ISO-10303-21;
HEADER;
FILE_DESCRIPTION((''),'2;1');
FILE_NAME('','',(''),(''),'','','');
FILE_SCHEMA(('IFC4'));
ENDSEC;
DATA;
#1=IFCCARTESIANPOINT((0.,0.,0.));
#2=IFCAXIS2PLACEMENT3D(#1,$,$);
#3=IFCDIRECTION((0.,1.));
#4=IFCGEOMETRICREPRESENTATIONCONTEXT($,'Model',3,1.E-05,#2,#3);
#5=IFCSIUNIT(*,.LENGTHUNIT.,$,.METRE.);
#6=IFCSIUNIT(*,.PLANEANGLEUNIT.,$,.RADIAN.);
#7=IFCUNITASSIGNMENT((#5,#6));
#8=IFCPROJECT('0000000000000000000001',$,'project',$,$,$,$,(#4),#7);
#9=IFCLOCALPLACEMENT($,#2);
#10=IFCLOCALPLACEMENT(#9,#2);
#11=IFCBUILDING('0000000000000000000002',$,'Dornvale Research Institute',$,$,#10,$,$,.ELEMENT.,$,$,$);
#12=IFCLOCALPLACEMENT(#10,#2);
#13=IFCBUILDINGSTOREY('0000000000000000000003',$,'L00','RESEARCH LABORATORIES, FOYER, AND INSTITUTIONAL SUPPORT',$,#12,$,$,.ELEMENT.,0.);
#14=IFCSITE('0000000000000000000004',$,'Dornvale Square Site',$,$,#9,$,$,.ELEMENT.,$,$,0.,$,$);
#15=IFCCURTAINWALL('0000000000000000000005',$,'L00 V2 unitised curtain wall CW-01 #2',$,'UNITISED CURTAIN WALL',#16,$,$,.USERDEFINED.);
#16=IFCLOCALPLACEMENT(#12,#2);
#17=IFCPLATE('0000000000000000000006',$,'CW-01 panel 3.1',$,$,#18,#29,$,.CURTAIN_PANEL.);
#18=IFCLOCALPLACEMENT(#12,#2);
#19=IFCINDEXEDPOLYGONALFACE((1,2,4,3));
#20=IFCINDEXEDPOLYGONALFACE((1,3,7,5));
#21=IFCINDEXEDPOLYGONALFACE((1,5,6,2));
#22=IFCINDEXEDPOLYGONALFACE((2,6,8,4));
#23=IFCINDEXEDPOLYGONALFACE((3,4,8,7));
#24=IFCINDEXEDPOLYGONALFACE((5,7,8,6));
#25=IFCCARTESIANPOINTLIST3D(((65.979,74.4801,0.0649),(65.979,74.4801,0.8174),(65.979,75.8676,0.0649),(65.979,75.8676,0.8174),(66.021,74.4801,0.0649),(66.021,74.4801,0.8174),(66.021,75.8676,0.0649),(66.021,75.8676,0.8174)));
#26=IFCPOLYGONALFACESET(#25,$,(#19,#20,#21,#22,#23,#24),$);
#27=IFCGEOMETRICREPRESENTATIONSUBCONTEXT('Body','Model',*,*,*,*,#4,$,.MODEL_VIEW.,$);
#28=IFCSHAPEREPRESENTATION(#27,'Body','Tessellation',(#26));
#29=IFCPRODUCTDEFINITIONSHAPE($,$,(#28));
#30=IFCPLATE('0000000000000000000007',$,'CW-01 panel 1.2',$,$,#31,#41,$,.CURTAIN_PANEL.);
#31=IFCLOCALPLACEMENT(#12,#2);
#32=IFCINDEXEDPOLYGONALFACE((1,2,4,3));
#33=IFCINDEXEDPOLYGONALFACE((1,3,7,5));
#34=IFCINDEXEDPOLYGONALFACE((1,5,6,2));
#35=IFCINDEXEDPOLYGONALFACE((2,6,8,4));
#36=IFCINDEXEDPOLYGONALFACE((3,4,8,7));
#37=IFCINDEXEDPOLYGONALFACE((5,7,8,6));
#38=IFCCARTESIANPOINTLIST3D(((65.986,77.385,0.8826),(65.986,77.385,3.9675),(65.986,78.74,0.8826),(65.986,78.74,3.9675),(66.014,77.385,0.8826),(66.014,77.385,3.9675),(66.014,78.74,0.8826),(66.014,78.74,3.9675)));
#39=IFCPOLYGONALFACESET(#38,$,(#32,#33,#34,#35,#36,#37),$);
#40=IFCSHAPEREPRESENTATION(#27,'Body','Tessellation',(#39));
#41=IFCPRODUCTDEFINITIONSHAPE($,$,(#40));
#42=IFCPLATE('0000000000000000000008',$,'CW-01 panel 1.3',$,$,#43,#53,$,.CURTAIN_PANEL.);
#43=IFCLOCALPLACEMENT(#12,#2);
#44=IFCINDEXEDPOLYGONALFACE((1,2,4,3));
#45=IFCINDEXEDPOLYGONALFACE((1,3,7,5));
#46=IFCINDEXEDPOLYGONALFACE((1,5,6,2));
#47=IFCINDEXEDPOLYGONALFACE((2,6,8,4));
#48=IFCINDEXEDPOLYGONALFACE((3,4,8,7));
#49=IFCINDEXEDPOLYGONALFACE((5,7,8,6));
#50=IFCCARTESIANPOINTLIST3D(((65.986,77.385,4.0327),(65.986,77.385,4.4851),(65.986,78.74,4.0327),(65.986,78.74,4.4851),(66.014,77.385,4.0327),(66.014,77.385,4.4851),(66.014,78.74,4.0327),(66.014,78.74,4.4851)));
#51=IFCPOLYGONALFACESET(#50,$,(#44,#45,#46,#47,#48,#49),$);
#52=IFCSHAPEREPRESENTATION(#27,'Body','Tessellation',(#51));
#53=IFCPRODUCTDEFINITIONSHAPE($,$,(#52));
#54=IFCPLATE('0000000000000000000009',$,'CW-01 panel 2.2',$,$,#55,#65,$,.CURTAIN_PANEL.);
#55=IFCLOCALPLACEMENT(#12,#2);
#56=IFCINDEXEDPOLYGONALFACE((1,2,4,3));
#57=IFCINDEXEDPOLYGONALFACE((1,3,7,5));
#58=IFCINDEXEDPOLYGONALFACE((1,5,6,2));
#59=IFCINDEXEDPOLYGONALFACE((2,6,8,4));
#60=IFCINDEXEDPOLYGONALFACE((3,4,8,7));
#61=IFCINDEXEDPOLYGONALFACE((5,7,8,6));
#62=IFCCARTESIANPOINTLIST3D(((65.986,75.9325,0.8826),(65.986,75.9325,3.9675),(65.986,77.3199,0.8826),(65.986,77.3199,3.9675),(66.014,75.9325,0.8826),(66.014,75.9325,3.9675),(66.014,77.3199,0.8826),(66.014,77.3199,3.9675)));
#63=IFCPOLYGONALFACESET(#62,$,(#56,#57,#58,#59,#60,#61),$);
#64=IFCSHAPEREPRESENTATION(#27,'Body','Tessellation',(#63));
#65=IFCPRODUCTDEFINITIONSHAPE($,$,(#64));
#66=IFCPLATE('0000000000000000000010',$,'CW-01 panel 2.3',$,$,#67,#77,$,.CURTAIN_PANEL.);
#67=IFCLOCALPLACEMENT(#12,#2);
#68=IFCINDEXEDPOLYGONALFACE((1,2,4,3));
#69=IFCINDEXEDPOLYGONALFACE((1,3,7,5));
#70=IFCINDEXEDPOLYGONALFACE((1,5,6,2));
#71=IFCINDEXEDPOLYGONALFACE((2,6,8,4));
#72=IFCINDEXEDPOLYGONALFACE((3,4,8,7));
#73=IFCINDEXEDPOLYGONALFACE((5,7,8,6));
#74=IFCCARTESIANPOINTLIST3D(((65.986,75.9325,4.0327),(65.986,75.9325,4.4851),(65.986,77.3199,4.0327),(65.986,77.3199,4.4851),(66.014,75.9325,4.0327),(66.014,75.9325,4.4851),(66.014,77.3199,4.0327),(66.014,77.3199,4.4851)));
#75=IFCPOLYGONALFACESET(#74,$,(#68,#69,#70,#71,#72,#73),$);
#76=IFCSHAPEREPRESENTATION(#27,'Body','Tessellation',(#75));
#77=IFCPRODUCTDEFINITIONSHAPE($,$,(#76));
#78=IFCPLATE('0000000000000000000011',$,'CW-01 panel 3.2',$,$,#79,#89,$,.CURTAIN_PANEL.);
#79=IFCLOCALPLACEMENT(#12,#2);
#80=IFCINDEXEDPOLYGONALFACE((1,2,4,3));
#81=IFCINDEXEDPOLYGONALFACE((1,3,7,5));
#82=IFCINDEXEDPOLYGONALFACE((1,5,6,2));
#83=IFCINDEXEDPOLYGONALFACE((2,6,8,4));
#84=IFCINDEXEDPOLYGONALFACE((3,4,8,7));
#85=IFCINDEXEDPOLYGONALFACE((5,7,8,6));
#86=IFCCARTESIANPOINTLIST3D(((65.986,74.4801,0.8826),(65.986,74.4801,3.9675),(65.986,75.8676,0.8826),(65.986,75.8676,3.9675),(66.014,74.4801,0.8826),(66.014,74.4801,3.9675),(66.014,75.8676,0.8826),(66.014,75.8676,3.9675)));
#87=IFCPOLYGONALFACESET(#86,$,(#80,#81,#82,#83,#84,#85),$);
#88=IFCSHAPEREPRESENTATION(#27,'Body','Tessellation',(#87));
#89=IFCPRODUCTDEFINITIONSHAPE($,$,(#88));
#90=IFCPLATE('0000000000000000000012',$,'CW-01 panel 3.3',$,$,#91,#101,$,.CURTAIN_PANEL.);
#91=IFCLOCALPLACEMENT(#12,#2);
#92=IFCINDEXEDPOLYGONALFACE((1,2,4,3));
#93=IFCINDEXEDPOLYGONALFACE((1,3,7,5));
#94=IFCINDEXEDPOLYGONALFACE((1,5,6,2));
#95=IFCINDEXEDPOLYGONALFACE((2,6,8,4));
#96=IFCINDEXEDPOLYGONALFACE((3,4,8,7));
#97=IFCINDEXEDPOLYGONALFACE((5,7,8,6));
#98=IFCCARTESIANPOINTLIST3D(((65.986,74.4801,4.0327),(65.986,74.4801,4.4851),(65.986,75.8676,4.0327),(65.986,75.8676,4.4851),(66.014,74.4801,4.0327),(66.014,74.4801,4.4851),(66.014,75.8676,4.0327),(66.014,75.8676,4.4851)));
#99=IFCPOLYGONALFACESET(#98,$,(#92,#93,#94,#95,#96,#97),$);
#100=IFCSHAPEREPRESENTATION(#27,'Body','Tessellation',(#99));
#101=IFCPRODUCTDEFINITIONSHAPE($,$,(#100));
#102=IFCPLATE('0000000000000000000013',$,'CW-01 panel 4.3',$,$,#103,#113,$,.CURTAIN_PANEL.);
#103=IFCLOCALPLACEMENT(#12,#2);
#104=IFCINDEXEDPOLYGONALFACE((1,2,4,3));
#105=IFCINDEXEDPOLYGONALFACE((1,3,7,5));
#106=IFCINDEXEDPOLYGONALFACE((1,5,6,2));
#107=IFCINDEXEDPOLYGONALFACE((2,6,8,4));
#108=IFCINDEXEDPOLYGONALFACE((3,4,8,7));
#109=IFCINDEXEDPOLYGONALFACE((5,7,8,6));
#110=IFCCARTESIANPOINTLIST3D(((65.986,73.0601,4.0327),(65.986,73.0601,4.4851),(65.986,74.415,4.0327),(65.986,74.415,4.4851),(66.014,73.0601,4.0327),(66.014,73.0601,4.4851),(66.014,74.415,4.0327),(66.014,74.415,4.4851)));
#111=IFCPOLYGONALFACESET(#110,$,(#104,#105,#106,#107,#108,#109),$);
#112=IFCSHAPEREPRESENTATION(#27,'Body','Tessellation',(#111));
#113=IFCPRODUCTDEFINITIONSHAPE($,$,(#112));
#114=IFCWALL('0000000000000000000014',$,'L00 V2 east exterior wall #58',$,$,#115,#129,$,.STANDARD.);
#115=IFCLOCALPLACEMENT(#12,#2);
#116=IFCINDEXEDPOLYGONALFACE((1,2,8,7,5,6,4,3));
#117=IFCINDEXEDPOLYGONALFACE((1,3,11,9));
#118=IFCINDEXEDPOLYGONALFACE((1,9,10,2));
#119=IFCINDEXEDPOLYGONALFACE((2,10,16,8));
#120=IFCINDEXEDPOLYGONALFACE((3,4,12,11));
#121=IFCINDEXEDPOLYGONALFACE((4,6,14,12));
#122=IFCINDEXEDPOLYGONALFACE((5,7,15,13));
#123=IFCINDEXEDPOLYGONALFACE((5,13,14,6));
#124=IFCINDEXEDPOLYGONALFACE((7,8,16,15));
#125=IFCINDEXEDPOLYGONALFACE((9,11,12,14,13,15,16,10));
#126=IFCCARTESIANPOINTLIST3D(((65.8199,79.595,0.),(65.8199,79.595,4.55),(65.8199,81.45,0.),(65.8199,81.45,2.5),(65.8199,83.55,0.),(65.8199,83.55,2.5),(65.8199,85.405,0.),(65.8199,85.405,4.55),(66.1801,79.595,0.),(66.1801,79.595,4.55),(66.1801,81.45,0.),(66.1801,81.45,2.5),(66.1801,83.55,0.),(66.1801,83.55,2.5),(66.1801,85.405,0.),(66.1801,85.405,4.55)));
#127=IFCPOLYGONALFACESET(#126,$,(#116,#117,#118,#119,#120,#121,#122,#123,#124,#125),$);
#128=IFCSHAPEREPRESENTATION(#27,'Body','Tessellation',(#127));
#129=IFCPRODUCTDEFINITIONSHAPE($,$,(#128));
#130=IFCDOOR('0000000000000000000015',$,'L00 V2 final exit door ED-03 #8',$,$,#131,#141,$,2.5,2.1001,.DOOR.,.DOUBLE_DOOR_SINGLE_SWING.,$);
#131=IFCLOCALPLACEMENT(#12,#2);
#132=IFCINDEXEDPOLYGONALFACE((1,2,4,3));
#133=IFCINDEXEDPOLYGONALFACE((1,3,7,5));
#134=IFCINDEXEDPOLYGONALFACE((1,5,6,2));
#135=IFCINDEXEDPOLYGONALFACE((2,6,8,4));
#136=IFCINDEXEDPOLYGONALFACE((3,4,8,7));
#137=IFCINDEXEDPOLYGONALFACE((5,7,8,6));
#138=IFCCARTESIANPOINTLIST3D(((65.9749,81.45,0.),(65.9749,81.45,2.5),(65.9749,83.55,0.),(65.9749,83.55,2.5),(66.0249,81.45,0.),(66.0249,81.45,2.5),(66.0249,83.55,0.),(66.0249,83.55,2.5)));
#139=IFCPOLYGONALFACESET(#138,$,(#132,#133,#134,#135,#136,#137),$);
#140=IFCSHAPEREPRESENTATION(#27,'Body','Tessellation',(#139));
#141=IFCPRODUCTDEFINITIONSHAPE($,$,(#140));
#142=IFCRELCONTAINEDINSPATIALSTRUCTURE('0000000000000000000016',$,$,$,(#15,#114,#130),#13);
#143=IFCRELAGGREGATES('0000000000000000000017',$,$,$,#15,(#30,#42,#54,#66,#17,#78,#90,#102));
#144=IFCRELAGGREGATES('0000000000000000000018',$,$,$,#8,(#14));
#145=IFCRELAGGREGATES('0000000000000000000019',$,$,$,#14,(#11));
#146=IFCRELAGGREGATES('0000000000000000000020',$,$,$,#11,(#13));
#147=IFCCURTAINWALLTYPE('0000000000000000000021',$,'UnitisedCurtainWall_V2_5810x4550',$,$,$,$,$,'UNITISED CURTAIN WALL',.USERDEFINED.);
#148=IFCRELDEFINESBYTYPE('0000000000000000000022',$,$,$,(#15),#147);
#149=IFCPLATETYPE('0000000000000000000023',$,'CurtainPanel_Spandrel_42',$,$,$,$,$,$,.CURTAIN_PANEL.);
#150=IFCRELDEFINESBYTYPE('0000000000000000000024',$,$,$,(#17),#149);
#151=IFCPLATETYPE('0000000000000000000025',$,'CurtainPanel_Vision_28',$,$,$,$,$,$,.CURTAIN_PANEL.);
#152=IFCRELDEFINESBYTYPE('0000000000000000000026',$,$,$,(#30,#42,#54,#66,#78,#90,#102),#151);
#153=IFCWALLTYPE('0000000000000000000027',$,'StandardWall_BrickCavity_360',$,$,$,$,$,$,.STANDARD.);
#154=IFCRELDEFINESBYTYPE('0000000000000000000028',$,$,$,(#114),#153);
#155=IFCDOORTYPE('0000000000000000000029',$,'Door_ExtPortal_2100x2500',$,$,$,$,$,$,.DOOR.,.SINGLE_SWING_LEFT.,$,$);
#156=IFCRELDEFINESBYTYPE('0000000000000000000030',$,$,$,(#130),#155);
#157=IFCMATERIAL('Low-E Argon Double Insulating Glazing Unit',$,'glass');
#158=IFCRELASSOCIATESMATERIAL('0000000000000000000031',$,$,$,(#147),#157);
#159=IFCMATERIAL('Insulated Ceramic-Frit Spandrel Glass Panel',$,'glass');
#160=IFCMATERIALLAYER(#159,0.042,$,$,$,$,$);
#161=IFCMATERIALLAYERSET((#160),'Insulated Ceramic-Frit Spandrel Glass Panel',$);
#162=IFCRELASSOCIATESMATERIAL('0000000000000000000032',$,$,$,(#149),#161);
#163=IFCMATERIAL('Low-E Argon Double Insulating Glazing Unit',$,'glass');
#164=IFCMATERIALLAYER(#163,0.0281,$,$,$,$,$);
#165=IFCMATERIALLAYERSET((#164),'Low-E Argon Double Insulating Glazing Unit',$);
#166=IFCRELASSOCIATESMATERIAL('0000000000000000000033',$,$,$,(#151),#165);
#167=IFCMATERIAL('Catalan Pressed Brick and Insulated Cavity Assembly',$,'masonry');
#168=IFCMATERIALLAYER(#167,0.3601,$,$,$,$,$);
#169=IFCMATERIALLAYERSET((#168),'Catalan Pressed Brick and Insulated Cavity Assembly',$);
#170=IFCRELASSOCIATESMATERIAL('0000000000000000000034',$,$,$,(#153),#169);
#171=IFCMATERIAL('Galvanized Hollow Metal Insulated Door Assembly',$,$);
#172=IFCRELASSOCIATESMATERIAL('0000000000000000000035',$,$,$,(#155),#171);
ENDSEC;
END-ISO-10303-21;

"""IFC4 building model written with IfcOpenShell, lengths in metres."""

from ifc_helpers import new_model, si_unit, direction, frame, frame_2d, origin, origin_2d, place, context, subcontext, project, spatial, rectangle, extrude, material, layer, layer_set, type_object, element, fill, aggregate, save


model = new_model("IFC4")

# Units and contexts
model_context = context("Model", 3, precision=1e-05, world=origin(), true_north=direction((0.0, 1.0)))
body_context = subcontext(model_context, "Body", "Model", "MODEL_VIEW")
ifc_project = project(units=[si_unit("LENGTHUNIT", "METRE"), si_unit("PLANEANGLEUNIT", "RADIAN")], contexts=[model_context])

# Site, building, storey
site_placement = place(None, origin())
site = spatial("IfcSite", under=ifc_project, at=site_placement, Name="Dornvale Square Site", CompositionType="ELEMENT", RefElevation=0.0)
building_placement = place(site_placement, origin())
building = spatial("IfcBuilding", under=site, at=building_placement, Name="Dornvale Research Institute", CompositionType="ELEMENT")
storey_placement = place(building_placement, origin())
storey = spatial("IfcBuildingStorey", under=building, at=storey_placement, Name="L00", Description="RESEARCH LABORATORIES, FOYER, AND INSTITUTIONAL SUPPORT", CompositionType="ELEMENT", Elevation=0.0)

# Curtain wall, plates
ifc_material_1 = material(Name="Low-E Argon Double Insulating Glazing Unit", Category="glass")
curtain_wall_type = type_object("IfcCurtainWallType", Name="UnitisedCurtainWall_V2_5810x4550", ElementType="UNITISED CURTAIN WALL", PredefinedType="USERDEFINED", material=ifc_material_1)
curtain_wall_placement = place(storey_placement, origin())
curtain_wall = element("IfcCurtainWall", 1, at=curtain_wall_placement, inside=storey, type_object=curtain_wall_type, Name="L00 V2 unitised curtain wall CW-01 #2", ObjectType="UNITISED CURTAIN WALL", PredefinedType="USERDEFINED")
ifc_material_2 = material(Name="Insulated Ceramic-Frit Spandrel Glass Panel", Category="glass")
ifc_layer_1 = layer(ifc_material_2, 0.042)
ifc_layer_set_1 = layer_set([ifc_layer_1], Name="Insulated Ceramic-Frit Spandrel Glass Panel")
plate_type_1 = type_object("IfcPlateType", Name="CurtainPanel_Spandrel_42", PredefinedType="CURTAIN_PANEL", material=ifc_layer_set_1)
plate_1_placement = place(storey_placement, frame((66.0, 75.1738, 0.0649), z_axis=(0.0, 0.0, 1.0), x_axis=(0.0, -1.0, 0.0)))
plate_1 = element("IfcPlate", 2, at=plate_1_placement, type_object=plate_type_1, Name="CW-01 panel 3.1", PredefinedType="CURTAIN_PANEL", context=body_context, shape_type="SweptSolid", body=[
    extrude(rectangle(XDim=1.3875, YDim=0.042, at=origin_2d()), origin(), (0.0, 0.0, 1.0), 0.7524),
])
ifc_material_3 = material(Name="Low-E Argon Double Insulating Glazing Unit", Category="glass")
ifc_layer_2 = layer(ifc_material_3, 0.0281)
ifc_layer_set_2 = layer_set([ifc_layer_2], Name="Low-E Argon Double Insulating Glazing Unit")
plate_type_2 = type_object("IfcPlateType", Name="CurtainPanel_Vision_28", PredefinedType="CURTAIN_PANEL", material=ifc_layer_set_2)
plate_2_placement = place(storey_placement, frame((66.0, 78.0625, 0.8826), z_axis=(0.0, 0.0, 1.0), x_axis=(0.0, -1.0, 0.0)))
plate_2 = element("IfcPlate", 3, at=plate_2_placement, type_object=plate_type_2, Name="CW-01 panel 1.2", PredefinedType="CURTAIN_PANEL", context=body_context, shape_type="SweptSolid", body=[
    extrude(rectangle(XDim=1.355, YDim=0.0281, at=origin_2d()), origin(), (0.0, 0.0, 1.0), 3.085),
])
plate_3_placement = place(storey_placement, frame((66.0, 78.0625, 4.0327), z_axis=(0.0, 0.0, 1.0), x_axis=(0.0, -1.0, 0.0)))
plate_3 = element("IfcPlate", 4, at=plate_3_placement, type_object=plate_type_2, Name="CW-01 panel 1.3", PredefinedType="CURTAIN_PANEL", context=body_context, shape_type="SweptSolid", body=[
    extrude(rectangle(XDim=1.355, YDim=0.0281, at=origin_2d()), origin(), (0.0, 0.0, 1.0), 0.4524),
])
plate_4_placement = place(storey_placement, frame((66.0, 76.6262, 0.8826), z_axis=(0.0, 0.0, 1.0), x_axis=(0.0, -1.0, 0.0)))
plate_4 = element("IfcPlate", 5, at=plate_4_placement, type_object=plate_type_2, Name="CW-01 panel 2.2", PredefinedType="CURTAIN_PANEL", context=body_context, shape_type="SweptSolid", body=[
    extrude(rectangle(XDim=1.3875, YDim=0.0281, at=origin_2d()), origin(), (0.0, 0.0, 1.0), 3.085),
])
plate_5_placement = place(storey_placement, frame((66.0, 76.6262, 4.0327), z_axis=(0.0, 0.0, 1.0), x_axis=(0.0, -1.0, 0.0)))
plate_5 = element("IfcPlate", 6, at=plate_5_placement, type_object=plate_type_2, Name="CW-01 panel 2.3", PredefinedType="CURTAIN_PANEL", context=body_context, shape_type="SweptSolid", body=[
    extrude(rectangle(XDim=1.3875, YDim=0.0281, at=origin_2d()), origin(), (0.0, 0.0, 1.0), 0.4524),
])
plate_6_placement = place(storey_placement, frame((66.0, 75.1738, 0.8826), z_axis=(0.0, 0.0, 1.0), x_axis=(0.0, -1.0, 0.0)))
plate_6 = element("IfcPlate", 7, at=plate_6_placement, type_object=plate_type_2, Name="CW-01 panel 3.2", PredefinedType="CURTAIN_PANEL", context=body_context, shape_type="SweptSolid", body=[
    extrude(rectangle(XDim=1.3875, YDim=0.0281, at=origin_2d()), origin(), (0.0, 0.0, 1.0), 3.085),
])
plate_7_placement = place(storey_placement, frame((66.0, 75.1738, 4.0327), z_axis=(0.0, 0.0, 1.0), x_axis=(0.0, -1.0, 0.0)))
plate_7 = element("IfcPlate", 8, at=plate_7_placement, type_object=plate_type_2, Name="CW-01 panel 3.3", PredefinedType="CURTAIN_PANEL", context=body_context, shape_type="SweptSolid", body=[
    extrude(rectangle(XDim=1.3875, YDim=0.0281, at=origin_2d()), origin(), (0.0, 0.0, 1.0), 0.4524),
])
plate_8_placement = place(storey_placement, frame((66.0, 73.7375, 4.0327), z_axis=(0.0, 0.0, 1.0), x_axis=(0.0, -1.0, 0.0)))
plate_8 = element("IfcPlate", 9, at=plate_8_placement, type_object=plate_type_2, Name="CW-01 panel 4.3", PredefinedType="CURTAIN_PANEL", context=body_context, shape_type="SweptSolid", body=[
    extrude(rectangle(XDim=1.355, YDim=0.0281, at=origin_2d()), origin(), (0.0, 0.0, 1.0), 0.4524),
])
aggregate(curtain_wall, [plate_2, plate_3, plate_4, plate_5, plate_1, plate_6, plate_7, plate_8])

# Wall, opening, door
ifc_material_4 = material(Name="Catalan Pressed Brick and Insulated Cavity Assembly", Category="masonry")
ifc_layer_3 = layer(ifc_material_4, 0.3601)
ifc_layer_set_3 = layer_set([ifc_layer_3], Name="Catalan Pressed Brick and Insulated Cavity Assembly")
wall_type = type_object("IfcWallType", Name="StandardWall_BrickCavity_360", PredefinedType="STANDARD", material=ifc_layer_set_3)
wall_placement = place(storey_placement, frame((66.0, 85.405, 0.0), z_axis=(0.0, 0.0, 1.0), x_axis=(0.0, -1.0, 0.0)))
wall = element("IfcWall", 10, at=wall_placement, inside=storey, type_object=wall_type, Name="L00 V2 east exterior wall #58", PredefinedType="STANDARD", context=body_context, shape_type="SweptSolid", body=[
    extrude(rectangle(XDim=5.8101, YDim=0.3601, at=frame_2d((2.905, 0.0))), origin(), (0.0, 0.0, 1.0), 4.55),
])
opening_placement = place(wall_placement, frame((1.855, 0.0, 0.0)))
opening = element("IfcOpeningElement", 11, at=opening_placement, cuts=wall, PredefinedType="OPENING", context=body_context, shape_type="SweptSolid", body=[
    extrude(rectangle(XDim=2.1001, YDim=2.5, at=frame_2d((1.05, 1.25))), frame((0.0, 0.1951, 0.0), z_axis=(0.0, -1.0, 0.0), x_axis=(1.0, 0.0, 0.0)), (0.0, 0.0, 1.0), 0.3901),
])
ifc_material_5 = material(Name="Galvanized Hollow Metal Insulated Door Assembly")
door_type = type_object("IfcDoorType", Name="Door_ExtPortal_2100x2500", OperationType="SINGLE_SWING_LEFT", PredefinedType="DOOR", material=ifc_material_5)
door_placement = place(opening_placement, origin())
door = element("IfcDoor", 12, at=door_placement, inside=storey, type_object=door_type, Name="L00 V2 final exit door ED-03 #8", OperationType="DOUBLE_DOOR_SINGLE_SWING", OverallHeight=2.5, OverallWidth=2.1001, PredefinedType="DOOR", context=body_context, shape_type="SweptSolid", body=[
    extrude(rectangle(XDim=2.1001, YDim=2.5, at=frame_2d((1.05, 1.25))), frame((0.0, 0.0249, 0.0), z_axis=(0.0, -1.0, 0.0), x_axis=(1.0, 0.0, 0.0)), (0.0, 0.0, 1.0), 0.05),
])
fill(opening, door)

save(model, "model.ifc")
